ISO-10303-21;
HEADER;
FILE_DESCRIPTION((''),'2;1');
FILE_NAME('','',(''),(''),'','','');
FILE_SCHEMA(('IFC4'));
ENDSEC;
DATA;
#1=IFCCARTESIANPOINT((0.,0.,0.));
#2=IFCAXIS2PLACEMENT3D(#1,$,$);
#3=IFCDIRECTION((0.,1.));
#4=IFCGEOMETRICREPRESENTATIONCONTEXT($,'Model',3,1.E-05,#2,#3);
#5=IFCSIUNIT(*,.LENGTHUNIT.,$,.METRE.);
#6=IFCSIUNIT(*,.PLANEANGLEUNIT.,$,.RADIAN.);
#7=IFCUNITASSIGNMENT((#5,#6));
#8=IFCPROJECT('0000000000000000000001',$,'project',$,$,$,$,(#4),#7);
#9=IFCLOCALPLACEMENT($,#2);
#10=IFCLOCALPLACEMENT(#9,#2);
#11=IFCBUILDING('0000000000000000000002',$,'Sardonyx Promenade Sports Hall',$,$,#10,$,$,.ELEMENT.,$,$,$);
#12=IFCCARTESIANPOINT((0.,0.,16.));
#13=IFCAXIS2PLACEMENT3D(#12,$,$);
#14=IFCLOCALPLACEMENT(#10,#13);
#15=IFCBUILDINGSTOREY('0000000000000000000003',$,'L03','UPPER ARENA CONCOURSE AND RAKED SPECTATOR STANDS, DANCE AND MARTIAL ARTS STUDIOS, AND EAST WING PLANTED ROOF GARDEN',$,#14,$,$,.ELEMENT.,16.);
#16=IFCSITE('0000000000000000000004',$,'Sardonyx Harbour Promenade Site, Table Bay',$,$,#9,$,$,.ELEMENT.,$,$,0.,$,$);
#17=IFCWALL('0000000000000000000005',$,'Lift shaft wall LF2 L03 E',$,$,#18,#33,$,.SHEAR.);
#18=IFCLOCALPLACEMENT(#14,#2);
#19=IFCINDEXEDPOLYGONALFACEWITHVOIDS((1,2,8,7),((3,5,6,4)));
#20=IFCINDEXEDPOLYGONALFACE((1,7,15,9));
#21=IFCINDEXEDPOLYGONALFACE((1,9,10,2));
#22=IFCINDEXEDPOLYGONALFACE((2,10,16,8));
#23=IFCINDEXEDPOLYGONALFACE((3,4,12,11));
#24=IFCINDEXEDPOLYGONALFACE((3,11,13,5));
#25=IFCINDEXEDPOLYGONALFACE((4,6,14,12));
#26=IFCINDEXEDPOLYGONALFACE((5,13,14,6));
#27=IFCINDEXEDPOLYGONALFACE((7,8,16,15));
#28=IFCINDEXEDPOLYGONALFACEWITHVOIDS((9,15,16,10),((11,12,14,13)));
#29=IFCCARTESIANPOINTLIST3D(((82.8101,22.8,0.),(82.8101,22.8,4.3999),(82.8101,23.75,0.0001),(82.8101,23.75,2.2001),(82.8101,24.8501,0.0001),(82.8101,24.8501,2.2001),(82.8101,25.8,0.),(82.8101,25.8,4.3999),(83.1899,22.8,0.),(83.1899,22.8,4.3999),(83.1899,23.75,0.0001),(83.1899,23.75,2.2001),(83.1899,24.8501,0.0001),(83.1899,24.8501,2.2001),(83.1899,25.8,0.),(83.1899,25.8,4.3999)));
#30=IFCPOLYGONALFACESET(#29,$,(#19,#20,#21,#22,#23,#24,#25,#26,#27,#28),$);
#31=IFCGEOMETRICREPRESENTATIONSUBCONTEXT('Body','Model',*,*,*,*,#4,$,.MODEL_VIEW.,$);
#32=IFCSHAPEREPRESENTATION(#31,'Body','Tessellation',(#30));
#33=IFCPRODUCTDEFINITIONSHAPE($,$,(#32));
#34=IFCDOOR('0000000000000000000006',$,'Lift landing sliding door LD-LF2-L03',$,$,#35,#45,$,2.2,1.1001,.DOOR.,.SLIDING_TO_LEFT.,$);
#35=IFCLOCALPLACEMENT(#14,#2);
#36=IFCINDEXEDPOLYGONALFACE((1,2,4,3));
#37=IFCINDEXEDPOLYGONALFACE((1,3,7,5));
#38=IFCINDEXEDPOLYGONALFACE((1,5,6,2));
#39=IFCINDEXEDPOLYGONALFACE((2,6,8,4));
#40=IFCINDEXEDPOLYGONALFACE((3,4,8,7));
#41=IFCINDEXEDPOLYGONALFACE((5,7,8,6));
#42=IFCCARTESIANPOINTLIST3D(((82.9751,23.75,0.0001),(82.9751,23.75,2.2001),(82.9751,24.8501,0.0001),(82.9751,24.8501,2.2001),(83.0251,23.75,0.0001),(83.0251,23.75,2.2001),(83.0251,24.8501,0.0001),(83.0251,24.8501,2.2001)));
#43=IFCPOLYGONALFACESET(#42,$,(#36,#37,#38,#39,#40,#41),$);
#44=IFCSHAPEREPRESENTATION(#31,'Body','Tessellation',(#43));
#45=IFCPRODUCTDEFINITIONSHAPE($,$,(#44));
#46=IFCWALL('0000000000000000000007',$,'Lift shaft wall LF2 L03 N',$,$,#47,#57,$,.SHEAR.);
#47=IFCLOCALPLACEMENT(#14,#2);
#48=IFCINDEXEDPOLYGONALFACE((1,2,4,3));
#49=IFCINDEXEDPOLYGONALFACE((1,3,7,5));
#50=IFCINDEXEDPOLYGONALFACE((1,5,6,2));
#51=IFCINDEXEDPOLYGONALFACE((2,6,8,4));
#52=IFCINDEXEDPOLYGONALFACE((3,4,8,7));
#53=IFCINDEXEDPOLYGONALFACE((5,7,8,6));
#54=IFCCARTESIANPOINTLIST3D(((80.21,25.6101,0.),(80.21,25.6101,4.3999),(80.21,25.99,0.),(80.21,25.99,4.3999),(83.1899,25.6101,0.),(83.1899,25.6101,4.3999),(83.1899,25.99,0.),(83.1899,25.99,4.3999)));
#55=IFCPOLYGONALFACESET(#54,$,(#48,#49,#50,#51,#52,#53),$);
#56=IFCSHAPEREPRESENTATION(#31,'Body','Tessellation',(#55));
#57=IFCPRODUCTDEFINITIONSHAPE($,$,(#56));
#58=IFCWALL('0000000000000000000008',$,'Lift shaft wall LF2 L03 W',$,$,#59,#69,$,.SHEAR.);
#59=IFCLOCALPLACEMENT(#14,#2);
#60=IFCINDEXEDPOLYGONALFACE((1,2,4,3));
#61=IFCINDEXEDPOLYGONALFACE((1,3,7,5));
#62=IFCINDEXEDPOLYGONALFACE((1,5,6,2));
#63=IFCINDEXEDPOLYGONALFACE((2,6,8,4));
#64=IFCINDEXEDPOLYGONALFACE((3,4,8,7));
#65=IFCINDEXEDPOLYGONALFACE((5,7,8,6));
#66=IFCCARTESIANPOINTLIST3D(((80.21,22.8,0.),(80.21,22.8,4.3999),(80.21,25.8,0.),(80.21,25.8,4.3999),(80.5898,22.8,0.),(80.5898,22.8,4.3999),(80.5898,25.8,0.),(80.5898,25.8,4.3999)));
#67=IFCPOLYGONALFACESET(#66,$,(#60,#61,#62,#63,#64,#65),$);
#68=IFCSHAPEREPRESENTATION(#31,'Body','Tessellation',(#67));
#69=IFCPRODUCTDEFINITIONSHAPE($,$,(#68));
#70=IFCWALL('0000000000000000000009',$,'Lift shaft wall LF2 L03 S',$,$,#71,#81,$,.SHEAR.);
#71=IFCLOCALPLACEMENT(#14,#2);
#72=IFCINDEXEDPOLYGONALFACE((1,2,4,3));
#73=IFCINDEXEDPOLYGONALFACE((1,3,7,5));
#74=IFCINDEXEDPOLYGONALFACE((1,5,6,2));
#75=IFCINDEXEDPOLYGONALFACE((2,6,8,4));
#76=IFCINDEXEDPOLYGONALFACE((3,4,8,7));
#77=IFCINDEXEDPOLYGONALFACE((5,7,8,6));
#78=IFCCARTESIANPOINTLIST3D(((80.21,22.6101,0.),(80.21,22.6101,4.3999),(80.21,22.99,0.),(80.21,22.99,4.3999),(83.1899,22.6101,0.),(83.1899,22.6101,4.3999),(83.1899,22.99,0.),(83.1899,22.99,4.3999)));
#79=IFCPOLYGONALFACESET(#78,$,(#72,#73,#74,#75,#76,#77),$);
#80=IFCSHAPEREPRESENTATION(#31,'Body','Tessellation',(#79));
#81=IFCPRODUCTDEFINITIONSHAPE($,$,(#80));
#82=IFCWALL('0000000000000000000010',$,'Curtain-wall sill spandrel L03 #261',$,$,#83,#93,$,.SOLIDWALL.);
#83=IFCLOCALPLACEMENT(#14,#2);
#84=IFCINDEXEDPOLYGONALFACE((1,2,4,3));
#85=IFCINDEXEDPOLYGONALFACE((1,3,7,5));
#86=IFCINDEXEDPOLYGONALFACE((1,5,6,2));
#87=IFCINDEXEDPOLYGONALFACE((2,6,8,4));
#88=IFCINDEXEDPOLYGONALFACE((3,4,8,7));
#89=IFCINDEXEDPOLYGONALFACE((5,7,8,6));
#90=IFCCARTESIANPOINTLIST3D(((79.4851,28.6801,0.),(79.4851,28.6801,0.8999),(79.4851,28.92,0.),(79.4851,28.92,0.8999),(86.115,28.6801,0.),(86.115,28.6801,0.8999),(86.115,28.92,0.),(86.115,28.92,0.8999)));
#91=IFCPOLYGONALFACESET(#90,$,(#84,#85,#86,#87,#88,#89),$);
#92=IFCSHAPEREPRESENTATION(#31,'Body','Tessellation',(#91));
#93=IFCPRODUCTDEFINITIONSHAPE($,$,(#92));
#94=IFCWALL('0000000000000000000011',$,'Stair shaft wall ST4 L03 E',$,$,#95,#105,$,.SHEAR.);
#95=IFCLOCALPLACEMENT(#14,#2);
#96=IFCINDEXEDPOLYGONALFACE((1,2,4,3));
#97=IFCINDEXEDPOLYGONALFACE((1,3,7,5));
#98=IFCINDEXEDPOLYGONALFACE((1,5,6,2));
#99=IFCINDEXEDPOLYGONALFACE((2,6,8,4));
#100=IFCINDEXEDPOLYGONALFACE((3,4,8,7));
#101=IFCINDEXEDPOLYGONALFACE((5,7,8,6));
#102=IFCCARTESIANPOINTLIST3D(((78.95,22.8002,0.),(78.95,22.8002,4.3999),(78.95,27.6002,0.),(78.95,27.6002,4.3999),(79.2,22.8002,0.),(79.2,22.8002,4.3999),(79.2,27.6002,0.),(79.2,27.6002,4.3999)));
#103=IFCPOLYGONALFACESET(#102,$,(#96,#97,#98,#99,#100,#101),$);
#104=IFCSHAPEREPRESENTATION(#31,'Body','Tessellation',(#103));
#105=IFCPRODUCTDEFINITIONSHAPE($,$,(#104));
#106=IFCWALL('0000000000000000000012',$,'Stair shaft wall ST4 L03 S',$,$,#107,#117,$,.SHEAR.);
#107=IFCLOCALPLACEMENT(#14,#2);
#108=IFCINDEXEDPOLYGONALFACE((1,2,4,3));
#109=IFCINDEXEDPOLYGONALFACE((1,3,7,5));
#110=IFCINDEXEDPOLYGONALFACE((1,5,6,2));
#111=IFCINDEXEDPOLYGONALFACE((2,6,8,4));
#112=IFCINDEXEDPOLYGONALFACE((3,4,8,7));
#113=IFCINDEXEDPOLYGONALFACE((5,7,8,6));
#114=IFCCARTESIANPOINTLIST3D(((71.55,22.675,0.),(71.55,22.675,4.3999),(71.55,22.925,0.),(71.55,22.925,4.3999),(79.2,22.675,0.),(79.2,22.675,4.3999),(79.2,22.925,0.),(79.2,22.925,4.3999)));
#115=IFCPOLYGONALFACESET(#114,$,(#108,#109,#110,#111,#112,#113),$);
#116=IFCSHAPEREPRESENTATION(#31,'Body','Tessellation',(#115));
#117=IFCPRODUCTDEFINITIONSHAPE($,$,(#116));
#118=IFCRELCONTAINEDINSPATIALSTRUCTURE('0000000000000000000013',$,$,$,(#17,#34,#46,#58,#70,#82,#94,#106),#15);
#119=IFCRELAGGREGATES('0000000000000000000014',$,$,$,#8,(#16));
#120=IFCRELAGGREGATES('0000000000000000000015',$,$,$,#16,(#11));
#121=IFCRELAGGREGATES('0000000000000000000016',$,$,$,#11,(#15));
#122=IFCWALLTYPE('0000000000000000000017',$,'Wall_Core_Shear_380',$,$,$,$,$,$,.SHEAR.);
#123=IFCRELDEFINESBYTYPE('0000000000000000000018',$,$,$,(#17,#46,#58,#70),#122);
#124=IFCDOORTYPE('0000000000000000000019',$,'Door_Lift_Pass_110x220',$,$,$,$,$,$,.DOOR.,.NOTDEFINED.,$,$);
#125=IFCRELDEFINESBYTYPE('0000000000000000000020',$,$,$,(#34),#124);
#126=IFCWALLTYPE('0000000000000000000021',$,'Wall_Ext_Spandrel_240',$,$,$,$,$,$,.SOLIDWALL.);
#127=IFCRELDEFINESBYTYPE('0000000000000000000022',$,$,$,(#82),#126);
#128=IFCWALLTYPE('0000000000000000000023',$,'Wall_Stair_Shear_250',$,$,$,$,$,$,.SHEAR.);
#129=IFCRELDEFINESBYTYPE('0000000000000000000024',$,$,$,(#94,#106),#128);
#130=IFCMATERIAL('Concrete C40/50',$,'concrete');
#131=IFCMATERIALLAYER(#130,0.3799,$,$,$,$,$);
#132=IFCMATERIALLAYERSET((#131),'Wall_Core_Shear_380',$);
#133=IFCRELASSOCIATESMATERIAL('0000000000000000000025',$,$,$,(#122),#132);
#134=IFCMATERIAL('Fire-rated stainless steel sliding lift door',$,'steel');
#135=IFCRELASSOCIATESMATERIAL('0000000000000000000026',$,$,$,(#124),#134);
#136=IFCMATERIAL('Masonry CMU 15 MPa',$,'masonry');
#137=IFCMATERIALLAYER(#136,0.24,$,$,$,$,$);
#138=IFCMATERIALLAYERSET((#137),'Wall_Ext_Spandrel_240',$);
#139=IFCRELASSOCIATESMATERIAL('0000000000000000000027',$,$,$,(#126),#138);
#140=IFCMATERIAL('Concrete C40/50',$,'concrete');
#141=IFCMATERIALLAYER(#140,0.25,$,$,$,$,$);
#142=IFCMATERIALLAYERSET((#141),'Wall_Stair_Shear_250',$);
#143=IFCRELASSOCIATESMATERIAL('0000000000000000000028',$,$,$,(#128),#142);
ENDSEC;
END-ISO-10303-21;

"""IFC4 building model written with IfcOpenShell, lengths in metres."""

from ifc_helpers import new_model, si_unit, direction, frame, frame_2d, origin, place, context, subcontext, project, spatial, rectangle, extrude, material, layer, layer_set, type_object, element, fill, save


model = new_model("IFC4")

# Units and contexts
model_context = context("Model", 3, precision=1e-05, world=origin(), true_north=direction((0.0, 1.0)))
body_context = subcontext(model_context, "Body", "Model", "MODEL_VIEW")
ifc_project = project(units=[si_unit("LENGTHUNIT", "METRE"), si_unit("PLANEANGLEUNIT", "RADIAN")], contexts=[model_context])

# Site, building, storey
site_placement = place(None, origin())
site = spatial("IfcSite", under=ifc_project, at=site_placement, Name="Sardonyx Harbour Promenade Site, Table Bay", CompositionType="ELEMENT", RefElevation=0.0)
building_placement = place(site_placement, origin())
building = spatial("IfcBuilding", under=site, at=building_placement, Name="Sardonyx Promenade Sports Hall", CompositionType="ELEMENT")
storey_placement = place(building_placement, frame((0.0, 0.0, 16.0)))
storey = spatial("IfcBuildingStorey", under=building, at=storey_placement, Name="L03", Description="UPPER ARENA CONCOURSE AND RAKED SPECTATOR STANDS, DANCE AND MARTIAL ARTS STUDIOS, AND EAST WING PLANTED ROOF GARDEN", CompositionType="ELEMENT", Elevation=16.0)

# Wall, opening, door
ifc_material_1 = material(Name="Concrete C40/50", Category="concrete")
ifc_layer_1 = layer(ifc_material_1, 0.3799)
ifc_layer_set_1 = layer_set([ifc_layer_1], Name="Wall_Core_Shear_380")
wall_type_1 = type_object("IfcWallType", Name="Wall_Core_Shear_380", PredefinedType="SHEAR", material=ifc_layer_set_1)
wall_1_placement = place(storey_placement, frame((83.0, 22.8, 0.0), z_axis=(0.0, 0.0, 1.0), x_axis=(0.0, 1.0, 0.0)))
wall_1 = element("IfcWall", 1, at=wall_1_placement, inside=storey, type_object=wall_type_1, Name="Lift shaft wall LF2 L03 E", PredefinedType="SHEAR", context=body_context, shape_type="SweptSolid", body=[
    extrude(rectangle(XDim=3.0, YDim=0.3799, at=frame_2d((1.5, 0.0))), origin(), (0.0, 0.0, 1.0), 4.3999),
])
opening_placement = place(wall_1_placement, frame((0.95, 0.0, 0.0)))
opening = element("IfcOpeningElement", 2, at=opening_placement, cuts=wall_1, PredefinedType="OPENING", context=body_context, shape_type="SweptSolid", body=[
    extrude(rectangle(XDim=1.1001, YDim=2.2, at=frame_2d((0.55, 1.1001))), frame((0.0, 0.2, 0.0), z_axis=(0.0, -1.0, 0.0), x_axis=(1.0, 0.0, 0.0)), (0.0, 0.0, 1.0), 0.4),
])
ifc_material_2 = material(Name="Fire-rated stainless steel sliding lift door", Category="steel")
door_type = type_object("IfcDoorType", Name="Door_Lift_Pass_110x220", OperationType="NOTDEFINED", PredefinedType="DOOR", material=ifc_material_2)
door_placement = place(opening_placement, origin())
door = element("IfcDoor", 3, at=door_placement, inside=storey, type_object=door_type, Name="Lift landing sliding door LD-LF2-L03", OperationType="SLIDING_TO_LEFT", OverallHeight=2.2, OverallWidth=1.1001, PredefinedType="DOOR", context=body_context, shape_type="SweptSolid", body=[
    extrude(rectangle(XDim=1.1001, YDim=2.2, at=frame_2d((0.55, 1.1001))), frame((0.0, 0.0249, 0.0), z_axis=(0.0, -1.0, 0.0), x_axis=(1.0, 0.0, 0.0)), (0.0, 0.0, 1.0), 0.05),
])
fill(opening, door)

# Walls
wall_2_placement = place(storey_placement, frame((80.21, 25.8, 0.0), z_axis=(0.0, 0.0, 1.0), x_axis=(1.0, 0.0, 0.0)))
element("IfcWall", 4, at=wall_2_placement, inside=storey, type_object=wall_type_1, Name="Lift shaft wall LF2 L03 N", PredefinedType="SHEAR", context=body_context, shape_type="SweptSolid", body=[
    extrude(rectangle(XDim=2.98, YDim=0.3799, at=frame_2d((1.49, 0.0))), origin(), (0.0, 0.0, 1.0), 4.3999),
])
wall_3_placement = place(storey_placement, frame((80.3999, 25.8, 0.0), z_axis=(0.0, 0.0, 1.0), x_axis=(0.0, -1.0, 0.0)))
element("IfcWall", 5, at=wall_3_placement, inside=storey, type_object=wall_type_1, Name="Lift shaft wall LF2 L03 W", PredefinedType="SHEAR", context=body_context, shape_type="SweptSolid", body=[
    extrude(rectangle(XDim=3.0, YDim=0.3799, at=frame_2d((1.5, 0.0))), origin(), (0.0, 0.0, 1.0), 4.3999),
])
wall_4_placement = place(storey_placement, frame((83.1899, 22.8, 0.0), z_axis=(0.0, 0.0, 1.0), x_axis=(-1.0, 0.0, 0.0)))
element("IfcWall", 6, at=wall_4_placement, inside=storey, type_object=wall_type_1, Name="Lift shaft wall LF2 L03 S", PredefinedType="SHEAR", context=body_context, shape_type="SweptSolid", body=[
    extrude(rectangle(XDim=2.98, YDim=0.3799, at=frame_2d((1.49, 0.0))), origin(), (0.0, 0.0, 1.0), 4.3999),
])
ifc_material_3 = material(Name="Masonry CMU 15 MPa", Category="masonry")
ifc_layer_2 = layer(ifc_material_3, 0.24)
ifc_layer_set_2 = layer_set([ifc_layer_2], Name="Wall_Ext_Spandrel_240")
wall_type_2 = type_object("IfcWallType", Name="Wall_Ext_Spandrel_240", PredefinedType="SOLIDWALL", material=ifc_layer_set_2)
wall_5_placement = place(storey_placement, frame((79.4851, 28.8, 0.0), z_axis=(0.0, 0.0, 1.0), x_axis=(1.0, 0.0, 0.0)))
element("IfcWall", 7, at=wall_5_placement, inside=storey, type_object=wall_type_2, Name="Curtain-wall sill spandrel L03 #261", PredefinedType="SOLIDWALL", context=body_context, shape_type="SweptSolid", body=[
    extrude(rectangle(XDim=6.6299, YDim=0.24, at=frame_2d((3.3149, 0.0))), origin(), (0.0, 0.0, 1.0), 0.8999),
])
ifc_material_4 = material(Name="Concrete C40/50", Category="concrete")
ifc_layer_3 = layer(ifc_material_4, 0.25)
ifc_layer_set_3 = layer_set([ifc_layer_3], Name="Wall_Stair_Shear_250")
wall_type_3 = type_object("IfcWallType", Name="Wall_Stair_Shear_250", PredefinedType="SHEAR", material=ifc_layer_set_3)
wall_6_placement = place(storey_placement, frame((79.075, 27.6001, 0.0), z_axis=(0.0, 0.0, 1.0), x_axis=(0.0, -1.0, 0.0)))
element("IfcWall", 8, at=wall_6_placement, inside=storey, type_object=wall_type_3, Name="Stair shaft wall ST4 L03 E", PredefinedType="SHEAR", context=body_context, shape_type="SweptSolid", body=[
    extrude(rectangle(XDim=4.8, YDim=0.25, at=frame_2d((2.3999, 0.0))), origin(), (0.0, 0.0, 1.0), 4.3999),
])
wall_7_placement = place(storey_placement, frame((79.2, 22.8, 0.0), z_axis=(0.0, 0.0, 1.0), x_axis=(-1.0, 0.0, 0.0)))
element("IfcWall", 9, at=wall_7_placement, inside=storey, type_object=wall_type_3, Name="Stair shaft wall ST4 L03 S", PredefinedType="SHEAR", context=body_context, shape_type="SweptSolid", body=[
    extrude(rectangle(XDim=7.6499, YDim=0.25, at=frame_2d((3.825, 0.0))), origin(), (0.0, 0.0, 1.0), 4.3999),
])

save(model, "model.ifc")
